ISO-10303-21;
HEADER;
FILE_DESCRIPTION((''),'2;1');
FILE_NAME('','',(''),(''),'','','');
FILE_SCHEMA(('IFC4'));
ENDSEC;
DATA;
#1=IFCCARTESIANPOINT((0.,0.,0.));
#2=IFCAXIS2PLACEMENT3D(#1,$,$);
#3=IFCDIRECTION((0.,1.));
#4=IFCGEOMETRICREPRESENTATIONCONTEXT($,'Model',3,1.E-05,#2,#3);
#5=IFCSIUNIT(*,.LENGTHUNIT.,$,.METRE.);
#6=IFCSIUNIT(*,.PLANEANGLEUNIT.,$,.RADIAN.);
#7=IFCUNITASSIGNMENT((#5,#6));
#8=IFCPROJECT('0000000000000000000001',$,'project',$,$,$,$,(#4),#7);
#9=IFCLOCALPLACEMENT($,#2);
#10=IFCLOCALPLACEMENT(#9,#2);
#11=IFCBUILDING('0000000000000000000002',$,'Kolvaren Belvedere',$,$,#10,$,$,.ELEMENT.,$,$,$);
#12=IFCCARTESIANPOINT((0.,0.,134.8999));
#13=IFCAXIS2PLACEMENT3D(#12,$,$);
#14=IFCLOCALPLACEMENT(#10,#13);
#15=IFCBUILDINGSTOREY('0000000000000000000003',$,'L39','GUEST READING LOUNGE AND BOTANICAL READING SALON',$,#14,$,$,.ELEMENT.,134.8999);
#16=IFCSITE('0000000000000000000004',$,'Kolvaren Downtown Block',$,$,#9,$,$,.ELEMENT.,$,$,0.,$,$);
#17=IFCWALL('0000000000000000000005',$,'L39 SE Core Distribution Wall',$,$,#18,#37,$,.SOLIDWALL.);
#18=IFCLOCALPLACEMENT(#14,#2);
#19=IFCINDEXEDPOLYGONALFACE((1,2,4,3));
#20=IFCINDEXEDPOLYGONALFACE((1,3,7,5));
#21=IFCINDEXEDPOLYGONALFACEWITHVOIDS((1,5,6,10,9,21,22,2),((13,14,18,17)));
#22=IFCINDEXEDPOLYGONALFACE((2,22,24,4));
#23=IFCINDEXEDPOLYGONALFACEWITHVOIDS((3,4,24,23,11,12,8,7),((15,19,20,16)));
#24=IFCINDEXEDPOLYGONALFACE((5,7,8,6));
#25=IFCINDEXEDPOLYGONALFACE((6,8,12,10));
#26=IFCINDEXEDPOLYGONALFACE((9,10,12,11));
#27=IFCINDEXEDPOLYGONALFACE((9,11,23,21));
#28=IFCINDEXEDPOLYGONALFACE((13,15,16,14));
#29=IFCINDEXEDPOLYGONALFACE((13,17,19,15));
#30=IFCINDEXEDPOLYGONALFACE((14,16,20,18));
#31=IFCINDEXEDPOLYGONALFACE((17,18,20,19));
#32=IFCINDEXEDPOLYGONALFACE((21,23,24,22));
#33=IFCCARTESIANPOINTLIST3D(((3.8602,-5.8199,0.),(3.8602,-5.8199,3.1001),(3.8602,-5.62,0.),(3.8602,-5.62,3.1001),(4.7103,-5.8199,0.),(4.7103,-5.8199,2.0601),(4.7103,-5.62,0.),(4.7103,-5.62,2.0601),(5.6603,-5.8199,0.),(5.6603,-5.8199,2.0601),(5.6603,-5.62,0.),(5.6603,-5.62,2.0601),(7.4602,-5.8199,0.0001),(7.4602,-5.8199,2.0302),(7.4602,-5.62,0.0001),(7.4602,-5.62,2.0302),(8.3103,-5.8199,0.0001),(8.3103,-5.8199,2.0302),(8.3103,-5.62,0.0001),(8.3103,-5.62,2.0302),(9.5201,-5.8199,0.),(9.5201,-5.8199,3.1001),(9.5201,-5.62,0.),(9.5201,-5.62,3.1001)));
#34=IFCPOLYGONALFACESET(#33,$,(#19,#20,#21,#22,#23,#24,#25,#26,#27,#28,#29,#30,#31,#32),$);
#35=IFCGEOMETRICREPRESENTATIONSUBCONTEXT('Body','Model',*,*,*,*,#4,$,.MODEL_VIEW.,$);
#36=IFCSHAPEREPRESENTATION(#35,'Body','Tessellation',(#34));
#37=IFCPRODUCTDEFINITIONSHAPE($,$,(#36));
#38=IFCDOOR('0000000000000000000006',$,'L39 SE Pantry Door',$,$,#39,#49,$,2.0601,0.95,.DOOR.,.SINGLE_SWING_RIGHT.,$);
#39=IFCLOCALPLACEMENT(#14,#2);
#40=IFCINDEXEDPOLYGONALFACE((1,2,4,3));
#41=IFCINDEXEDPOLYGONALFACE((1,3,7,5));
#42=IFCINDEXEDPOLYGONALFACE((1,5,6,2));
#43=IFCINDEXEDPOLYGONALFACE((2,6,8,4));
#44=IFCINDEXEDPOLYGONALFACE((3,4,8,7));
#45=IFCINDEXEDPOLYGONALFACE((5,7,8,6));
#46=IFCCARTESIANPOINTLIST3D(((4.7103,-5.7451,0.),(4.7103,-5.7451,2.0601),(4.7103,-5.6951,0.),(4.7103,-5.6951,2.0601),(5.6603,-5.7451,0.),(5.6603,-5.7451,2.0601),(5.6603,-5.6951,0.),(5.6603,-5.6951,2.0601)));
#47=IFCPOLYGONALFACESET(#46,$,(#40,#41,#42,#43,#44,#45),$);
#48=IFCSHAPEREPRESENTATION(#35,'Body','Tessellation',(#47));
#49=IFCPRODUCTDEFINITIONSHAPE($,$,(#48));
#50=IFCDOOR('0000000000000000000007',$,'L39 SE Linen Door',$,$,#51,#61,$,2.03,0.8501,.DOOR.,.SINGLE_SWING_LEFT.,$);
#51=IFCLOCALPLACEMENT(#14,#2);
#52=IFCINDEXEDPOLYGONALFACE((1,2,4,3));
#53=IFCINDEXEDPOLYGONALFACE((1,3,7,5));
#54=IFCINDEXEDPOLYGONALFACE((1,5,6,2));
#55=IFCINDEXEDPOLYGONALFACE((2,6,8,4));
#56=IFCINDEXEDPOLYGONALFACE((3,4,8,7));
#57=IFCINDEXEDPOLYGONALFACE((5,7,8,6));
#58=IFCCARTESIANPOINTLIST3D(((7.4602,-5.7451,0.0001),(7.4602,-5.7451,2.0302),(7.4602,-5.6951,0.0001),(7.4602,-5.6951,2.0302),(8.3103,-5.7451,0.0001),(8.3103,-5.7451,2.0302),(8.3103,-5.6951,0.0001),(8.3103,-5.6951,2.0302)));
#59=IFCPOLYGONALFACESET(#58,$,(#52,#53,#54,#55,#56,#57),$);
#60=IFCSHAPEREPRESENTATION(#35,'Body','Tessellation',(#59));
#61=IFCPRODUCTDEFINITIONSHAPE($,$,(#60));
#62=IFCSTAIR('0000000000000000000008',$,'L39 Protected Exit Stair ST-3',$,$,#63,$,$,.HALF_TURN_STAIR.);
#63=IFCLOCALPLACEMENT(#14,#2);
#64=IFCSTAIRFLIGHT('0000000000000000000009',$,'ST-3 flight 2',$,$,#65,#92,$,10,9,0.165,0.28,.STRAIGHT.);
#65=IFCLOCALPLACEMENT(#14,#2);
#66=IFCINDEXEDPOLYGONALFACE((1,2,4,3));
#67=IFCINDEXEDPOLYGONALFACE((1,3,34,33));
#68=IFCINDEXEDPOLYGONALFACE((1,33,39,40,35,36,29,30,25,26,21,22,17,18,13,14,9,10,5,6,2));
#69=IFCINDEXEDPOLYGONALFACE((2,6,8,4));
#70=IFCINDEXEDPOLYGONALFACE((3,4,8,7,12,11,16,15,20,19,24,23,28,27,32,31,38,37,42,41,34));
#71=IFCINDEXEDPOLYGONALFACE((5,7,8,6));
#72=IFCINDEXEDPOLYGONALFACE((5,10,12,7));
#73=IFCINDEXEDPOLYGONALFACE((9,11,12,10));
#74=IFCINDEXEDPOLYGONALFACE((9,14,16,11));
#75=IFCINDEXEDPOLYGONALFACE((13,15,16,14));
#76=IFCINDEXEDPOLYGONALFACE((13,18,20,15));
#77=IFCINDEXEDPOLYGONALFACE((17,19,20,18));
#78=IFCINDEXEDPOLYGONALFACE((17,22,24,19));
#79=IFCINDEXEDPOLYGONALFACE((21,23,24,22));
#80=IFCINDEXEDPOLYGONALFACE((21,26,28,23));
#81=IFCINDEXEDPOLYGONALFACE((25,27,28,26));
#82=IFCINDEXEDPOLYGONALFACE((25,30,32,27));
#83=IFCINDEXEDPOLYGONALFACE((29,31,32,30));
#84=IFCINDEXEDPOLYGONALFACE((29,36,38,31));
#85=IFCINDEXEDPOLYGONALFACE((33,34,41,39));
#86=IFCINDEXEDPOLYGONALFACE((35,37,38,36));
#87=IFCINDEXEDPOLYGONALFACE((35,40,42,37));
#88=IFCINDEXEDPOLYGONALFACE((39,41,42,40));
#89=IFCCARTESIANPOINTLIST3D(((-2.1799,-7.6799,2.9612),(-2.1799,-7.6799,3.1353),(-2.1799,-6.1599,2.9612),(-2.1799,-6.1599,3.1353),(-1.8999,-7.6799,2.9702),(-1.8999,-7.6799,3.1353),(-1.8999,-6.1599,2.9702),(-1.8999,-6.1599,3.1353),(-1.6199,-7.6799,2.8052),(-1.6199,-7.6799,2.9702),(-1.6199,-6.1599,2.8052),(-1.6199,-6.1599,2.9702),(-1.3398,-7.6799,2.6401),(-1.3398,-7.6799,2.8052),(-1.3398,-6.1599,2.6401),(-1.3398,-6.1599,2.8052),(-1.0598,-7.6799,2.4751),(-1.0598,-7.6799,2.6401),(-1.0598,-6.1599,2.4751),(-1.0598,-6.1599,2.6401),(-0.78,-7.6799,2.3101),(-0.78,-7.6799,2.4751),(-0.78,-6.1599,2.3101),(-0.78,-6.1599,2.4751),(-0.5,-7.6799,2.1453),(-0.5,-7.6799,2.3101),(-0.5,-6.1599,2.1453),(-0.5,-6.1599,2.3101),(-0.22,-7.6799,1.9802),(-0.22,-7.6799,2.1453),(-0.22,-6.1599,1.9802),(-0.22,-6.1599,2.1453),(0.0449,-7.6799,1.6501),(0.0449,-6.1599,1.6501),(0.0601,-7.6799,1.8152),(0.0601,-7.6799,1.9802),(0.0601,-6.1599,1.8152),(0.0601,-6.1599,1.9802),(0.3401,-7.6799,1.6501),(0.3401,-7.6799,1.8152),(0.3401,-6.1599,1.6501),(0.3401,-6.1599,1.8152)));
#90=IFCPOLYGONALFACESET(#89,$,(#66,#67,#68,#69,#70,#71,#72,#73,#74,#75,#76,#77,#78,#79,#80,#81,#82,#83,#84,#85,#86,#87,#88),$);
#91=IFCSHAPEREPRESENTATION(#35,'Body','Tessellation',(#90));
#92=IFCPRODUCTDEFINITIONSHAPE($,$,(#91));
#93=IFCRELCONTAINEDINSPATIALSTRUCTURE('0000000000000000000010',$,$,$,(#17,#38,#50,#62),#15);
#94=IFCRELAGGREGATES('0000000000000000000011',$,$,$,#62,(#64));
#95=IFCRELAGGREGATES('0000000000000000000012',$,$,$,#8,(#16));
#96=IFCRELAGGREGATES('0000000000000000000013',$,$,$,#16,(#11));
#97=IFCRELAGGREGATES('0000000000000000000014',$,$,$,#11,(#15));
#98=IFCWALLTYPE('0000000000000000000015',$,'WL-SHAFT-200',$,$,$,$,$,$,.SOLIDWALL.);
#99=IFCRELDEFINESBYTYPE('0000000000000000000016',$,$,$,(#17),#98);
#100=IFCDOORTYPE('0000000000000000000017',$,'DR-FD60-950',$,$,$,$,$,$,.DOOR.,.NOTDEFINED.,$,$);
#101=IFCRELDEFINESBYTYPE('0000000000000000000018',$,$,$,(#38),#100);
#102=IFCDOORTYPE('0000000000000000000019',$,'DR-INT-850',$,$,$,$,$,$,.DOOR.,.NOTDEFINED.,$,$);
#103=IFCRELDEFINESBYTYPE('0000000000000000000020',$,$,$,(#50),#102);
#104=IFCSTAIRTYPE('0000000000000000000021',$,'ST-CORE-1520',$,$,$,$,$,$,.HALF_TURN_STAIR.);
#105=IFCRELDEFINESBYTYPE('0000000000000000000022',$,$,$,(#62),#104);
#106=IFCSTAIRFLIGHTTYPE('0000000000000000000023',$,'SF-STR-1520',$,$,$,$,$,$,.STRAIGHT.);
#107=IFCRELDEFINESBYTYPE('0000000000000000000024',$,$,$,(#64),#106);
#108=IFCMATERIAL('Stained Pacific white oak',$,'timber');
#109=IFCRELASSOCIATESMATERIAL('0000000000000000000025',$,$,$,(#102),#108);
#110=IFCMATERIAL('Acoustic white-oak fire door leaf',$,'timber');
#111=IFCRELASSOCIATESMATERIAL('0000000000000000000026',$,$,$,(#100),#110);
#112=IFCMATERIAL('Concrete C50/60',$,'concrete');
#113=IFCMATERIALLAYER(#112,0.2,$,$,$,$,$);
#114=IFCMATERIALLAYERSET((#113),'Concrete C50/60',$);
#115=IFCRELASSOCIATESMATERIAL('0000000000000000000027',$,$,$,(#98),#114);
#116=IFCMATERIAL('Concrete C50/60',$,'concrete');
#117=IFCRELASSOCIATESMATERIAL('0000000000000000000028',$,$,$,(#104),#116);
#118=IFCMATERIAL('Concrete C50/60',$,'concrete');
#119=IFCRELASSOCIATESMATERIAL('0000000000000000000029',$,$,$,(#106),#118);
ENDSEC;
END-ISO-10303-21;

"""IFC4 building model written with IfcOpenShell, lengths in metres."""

from ifc_helpers import new_model, si_unit, direction, frame, frame_2d, origin, place, context, subcontext, project, spatial, polyline, rectangle, outline, extrude, material, layer, layer_set, type_object, element, fill, aggregate, save


model = new_model("IFC4")

# Units and contexts
model_context = context("Model", 3, precision=1e-05, world=origin(), true_north=direction((0.0, 1.0)))
body_context = subcontext(model_context, "Body", "Model", "MODEL_VIEW")
ifc_project = project(units=[si_unit("LENGTHUNIT", "METRE"), si_unit("PLANEANGLEUNIT", "RADIAN")], contexts=[model_context])

# Site, building, storey
site_placement = place(None, origin())
site = spatial("IfcSite", under=ifc_project, at=site_placement, Name="Kolvaren Downtown Block", CompositionType="ELEMENT", RefElevation=0.0)
building_placement = place(site_placement, origin())
building = spatial("IfcBuilding", under=site, at=building_placement, Name="Kolvaren Belvedere", CompositionType="ELEMENT")
storey_placement = place(building_placement, frame((0.0, 0.0, 134.8999)))
storey = spatial("IfcBuildingStorey", under=building, at=storey_placement, Name="L39", Description="GUEST READING LOUNGE AND BOTANICAL READING SALON", CompositionType="ELEMENT", Elevation=134.8999)

# Shared definitions
ifc_material_1 = material(Name="Stained Pacific white oak", Category="timber")
door_type_1 = type_object("IfcDoorType", Name="DR-INT-850", OperationType="NOTDEFINED", PredefinedType="DOOR", material=ifc_material_1)
ifc_material_2 = material(Name="Acoustic white-oak fire door leaf", Category="timber")
door_type_2 = type_object("IfcDoorType", Name="DR-FD60-950", OperationType="NOTDEFINED", PredefinedType="DOOR", material=ifc_material_2)
ifc_material_3 = material(Name="Concrete C50/60", Category="concrete")
ifc_layer_1 = layer(ifc_material_3, 0.2)
ifc_layer_set_1 = layer_set([ifc_layer_1], Name="Concrete C50/60")
wall_type_1 = type_object("IfcWallType", Name="WL-SHAFT-200", PredefinedType="SOLIDWALL", material=ifc_layer_set_1)

# Wall, openings, doors
wall_1_placement = place(storey_placement, frame((3.8601, -5.72, 0.0), z_axis=(0.0, 0.0, 1.0), x_axis=(1.0, 0.0, 0.0)))
wall_1 = element("IfcWall", 1, at=wall_1_placement, inside=storey, type_object=wall_type_1, Name="L39 SE Core Distribution Wall", PredefinedType="SOLIDWALL", context=body_context, shape_type="SweptSolid", body=[
    extrude(rectangle(XDim=5.6599, YDim=0.2, at=frame_2d((2.8301, 0.0))), origin(), (0.0, 0.0, 1.0), 3.1001),
])
opening_1_placement = place(wall_1_placement, frame((0.8501, 0.0, 0.0)))
opening_1 = element("IfcOpeningElement", 2, at=opening_1_placement, cuts=wall_1, PredefinedType="OPENING", context=body_context, shape_type="SweptSolid", body=[
    extrude(rectangle(XDim=0.95, YDim=2.0601, at=frame_2d((0.4751, 1.03))), frame((0.0, 0.1099, 0.0), z_axis=(0.0, -1.0, 0.0), x_axis=(1.0, 0.0, 0.0)), (0.0, 0.0, 1.0), 0.22),
])
opening_2_placement = place(wall_1_placement, frame((3.6001, 0.0, 0.0)))
opening_2 = element("IfcOpeningElement", 3, at=opening_2_placement, cuts=wall_1, PredefinedType="OPENING", context=body_context, shape_type="SweptSolid", body=[
    extrude(rectangle(XDim=0.8501, YDim=2.03, at=frame_2d((0.425, 1.0151))), frame((0.0, 0.1099, 0.0), z_axis=(0.0, -1.0, 0.0), x_axis=(1.0, 0.0, 0.0)), (0.0, 0.0, 1.0), 0.22),
])
door_1_placement = place(opening_1_placement, origin())
door_1 = element("IfcDoor", 4, at=door_1_placement, inside=storey, type_object=door_type_2, Name="L39 SE Pantry Door", OperationType="SINGLE_SWING_RIGHT", OverallHeight=2.0601, OverallWidth=0.95, PredefinedType="DOOR", context=body_context, shape_type="SweptSolid", body=[
    extrude(rectangle(XDim=0.95, YDim=2.0601, at=frame_2d((0.4751, 1.03))), frame((0.0, 0.0249, 0.0), z_axis=(0.0, -1.0, 0.0), x_axis=(1.0, 0.0, 0.0)), (0.0, 0.0, 1.0), 0.05),
])
fill(opening_1, door_1)
door_2_placement = place(opening_2_placement, origin())
door_2 = element("IfcDoor", 5, at=door_2_placement, inside=storey, type_object=door_type_1, Name="L39 SE Linen Door", OperationType="SINGLE_SWING_LEFT", OverallHeight=2.03, OverallWidth=0.8501, PredefinedType="DOOR", context=body_context, shape_type="SweptSolid", body=[
    extrude(rectangle(XDim=0.8501, YDim=2.03, at=frame_2d((0.425, 1.0151))), frame((0.0, 0.0249, 0.0), z_axis=(0.0, -1.0, 0.0), x_axis=(1.0, 0.0, 0.0)), (0.0, 0.0, 1.0), 0.05),
])
fill(opening_2, door_2)

# Stair, stair flight
ifc_material_4 = material(Name="Concrete C50/60", Category="concrete")
stair_type = type_object("IfcStairType", Name="ST-CORE-1520", PredefinedType="HALF_TURN_STAIR", material=ifc_material_4)
stair_placement = place(storey_placement, origin())
stair = element("IfcStair", 6, at=stair_placement, inside=storey, type_object=stair_type, Name="L39 Protected Exit Stair ST-3", PredefinedType="HALF_TURN_STAIR")
ifc_material_5 = material(Name="Concrete C50/60", Category="concrete")
stair_flight_type = type_object("IfcStairFlightType", Name="SF-STR-1520", PredefinedType="STRAIGHT", material=ifc_material_5)
stair_flight_placement = place(storey_placement, frame((0.3401, -6.9199, 1.6501), z_axis=(0.0, 0.0, 1.0), x_axis=(-1.0, 0.0, 0.0)))
stair_flight = element("IfcStairFlight", 7, at=stair_flight_placement, type_object=stair_flight_type, Name="ST-3 flight 2", NumberOfRisers=10, NumberOfTreads=9, PredefinedType="STRAIGHT", RiserHeight=0.165, TreadLength=0.28, context=body_context, shape_type="SweptSolid", body=[
    extrude(outline(polyline([(0.0, 0.0), (0.0, 0.165), (0.28, 0.165), (0.28, 0.3301), (0.5601, 0.3301), (0.5601, 0.4951), (0.8401, 0.4951), (0.8401, 0.6599), (1.1201, 0.6599), (1.1201, 0.825), (1.3999, 0.825), (1.3999, 0.99), (1.6799, 0.99), (1.6799, 1.155), (1.96, 1.155), (1.96, 1.3201), (2.24, 1.3201), (2.24, 1.4851), (2.52, 1.4851), (2.52, 1.6499), (2.52, 1.311), (0.2952, 0.0), (0.0, 0.0)])), frame((0.0, 0.76, 0.0), z_axis=(0.0, -1.0, 0.0), x_axis=(1.0, 0.0, 0.0)), (0.0, 0.0, 1.0), 1.52),
])
aggregate(stair, [stair_flight])

save(model, "model.ifc")
